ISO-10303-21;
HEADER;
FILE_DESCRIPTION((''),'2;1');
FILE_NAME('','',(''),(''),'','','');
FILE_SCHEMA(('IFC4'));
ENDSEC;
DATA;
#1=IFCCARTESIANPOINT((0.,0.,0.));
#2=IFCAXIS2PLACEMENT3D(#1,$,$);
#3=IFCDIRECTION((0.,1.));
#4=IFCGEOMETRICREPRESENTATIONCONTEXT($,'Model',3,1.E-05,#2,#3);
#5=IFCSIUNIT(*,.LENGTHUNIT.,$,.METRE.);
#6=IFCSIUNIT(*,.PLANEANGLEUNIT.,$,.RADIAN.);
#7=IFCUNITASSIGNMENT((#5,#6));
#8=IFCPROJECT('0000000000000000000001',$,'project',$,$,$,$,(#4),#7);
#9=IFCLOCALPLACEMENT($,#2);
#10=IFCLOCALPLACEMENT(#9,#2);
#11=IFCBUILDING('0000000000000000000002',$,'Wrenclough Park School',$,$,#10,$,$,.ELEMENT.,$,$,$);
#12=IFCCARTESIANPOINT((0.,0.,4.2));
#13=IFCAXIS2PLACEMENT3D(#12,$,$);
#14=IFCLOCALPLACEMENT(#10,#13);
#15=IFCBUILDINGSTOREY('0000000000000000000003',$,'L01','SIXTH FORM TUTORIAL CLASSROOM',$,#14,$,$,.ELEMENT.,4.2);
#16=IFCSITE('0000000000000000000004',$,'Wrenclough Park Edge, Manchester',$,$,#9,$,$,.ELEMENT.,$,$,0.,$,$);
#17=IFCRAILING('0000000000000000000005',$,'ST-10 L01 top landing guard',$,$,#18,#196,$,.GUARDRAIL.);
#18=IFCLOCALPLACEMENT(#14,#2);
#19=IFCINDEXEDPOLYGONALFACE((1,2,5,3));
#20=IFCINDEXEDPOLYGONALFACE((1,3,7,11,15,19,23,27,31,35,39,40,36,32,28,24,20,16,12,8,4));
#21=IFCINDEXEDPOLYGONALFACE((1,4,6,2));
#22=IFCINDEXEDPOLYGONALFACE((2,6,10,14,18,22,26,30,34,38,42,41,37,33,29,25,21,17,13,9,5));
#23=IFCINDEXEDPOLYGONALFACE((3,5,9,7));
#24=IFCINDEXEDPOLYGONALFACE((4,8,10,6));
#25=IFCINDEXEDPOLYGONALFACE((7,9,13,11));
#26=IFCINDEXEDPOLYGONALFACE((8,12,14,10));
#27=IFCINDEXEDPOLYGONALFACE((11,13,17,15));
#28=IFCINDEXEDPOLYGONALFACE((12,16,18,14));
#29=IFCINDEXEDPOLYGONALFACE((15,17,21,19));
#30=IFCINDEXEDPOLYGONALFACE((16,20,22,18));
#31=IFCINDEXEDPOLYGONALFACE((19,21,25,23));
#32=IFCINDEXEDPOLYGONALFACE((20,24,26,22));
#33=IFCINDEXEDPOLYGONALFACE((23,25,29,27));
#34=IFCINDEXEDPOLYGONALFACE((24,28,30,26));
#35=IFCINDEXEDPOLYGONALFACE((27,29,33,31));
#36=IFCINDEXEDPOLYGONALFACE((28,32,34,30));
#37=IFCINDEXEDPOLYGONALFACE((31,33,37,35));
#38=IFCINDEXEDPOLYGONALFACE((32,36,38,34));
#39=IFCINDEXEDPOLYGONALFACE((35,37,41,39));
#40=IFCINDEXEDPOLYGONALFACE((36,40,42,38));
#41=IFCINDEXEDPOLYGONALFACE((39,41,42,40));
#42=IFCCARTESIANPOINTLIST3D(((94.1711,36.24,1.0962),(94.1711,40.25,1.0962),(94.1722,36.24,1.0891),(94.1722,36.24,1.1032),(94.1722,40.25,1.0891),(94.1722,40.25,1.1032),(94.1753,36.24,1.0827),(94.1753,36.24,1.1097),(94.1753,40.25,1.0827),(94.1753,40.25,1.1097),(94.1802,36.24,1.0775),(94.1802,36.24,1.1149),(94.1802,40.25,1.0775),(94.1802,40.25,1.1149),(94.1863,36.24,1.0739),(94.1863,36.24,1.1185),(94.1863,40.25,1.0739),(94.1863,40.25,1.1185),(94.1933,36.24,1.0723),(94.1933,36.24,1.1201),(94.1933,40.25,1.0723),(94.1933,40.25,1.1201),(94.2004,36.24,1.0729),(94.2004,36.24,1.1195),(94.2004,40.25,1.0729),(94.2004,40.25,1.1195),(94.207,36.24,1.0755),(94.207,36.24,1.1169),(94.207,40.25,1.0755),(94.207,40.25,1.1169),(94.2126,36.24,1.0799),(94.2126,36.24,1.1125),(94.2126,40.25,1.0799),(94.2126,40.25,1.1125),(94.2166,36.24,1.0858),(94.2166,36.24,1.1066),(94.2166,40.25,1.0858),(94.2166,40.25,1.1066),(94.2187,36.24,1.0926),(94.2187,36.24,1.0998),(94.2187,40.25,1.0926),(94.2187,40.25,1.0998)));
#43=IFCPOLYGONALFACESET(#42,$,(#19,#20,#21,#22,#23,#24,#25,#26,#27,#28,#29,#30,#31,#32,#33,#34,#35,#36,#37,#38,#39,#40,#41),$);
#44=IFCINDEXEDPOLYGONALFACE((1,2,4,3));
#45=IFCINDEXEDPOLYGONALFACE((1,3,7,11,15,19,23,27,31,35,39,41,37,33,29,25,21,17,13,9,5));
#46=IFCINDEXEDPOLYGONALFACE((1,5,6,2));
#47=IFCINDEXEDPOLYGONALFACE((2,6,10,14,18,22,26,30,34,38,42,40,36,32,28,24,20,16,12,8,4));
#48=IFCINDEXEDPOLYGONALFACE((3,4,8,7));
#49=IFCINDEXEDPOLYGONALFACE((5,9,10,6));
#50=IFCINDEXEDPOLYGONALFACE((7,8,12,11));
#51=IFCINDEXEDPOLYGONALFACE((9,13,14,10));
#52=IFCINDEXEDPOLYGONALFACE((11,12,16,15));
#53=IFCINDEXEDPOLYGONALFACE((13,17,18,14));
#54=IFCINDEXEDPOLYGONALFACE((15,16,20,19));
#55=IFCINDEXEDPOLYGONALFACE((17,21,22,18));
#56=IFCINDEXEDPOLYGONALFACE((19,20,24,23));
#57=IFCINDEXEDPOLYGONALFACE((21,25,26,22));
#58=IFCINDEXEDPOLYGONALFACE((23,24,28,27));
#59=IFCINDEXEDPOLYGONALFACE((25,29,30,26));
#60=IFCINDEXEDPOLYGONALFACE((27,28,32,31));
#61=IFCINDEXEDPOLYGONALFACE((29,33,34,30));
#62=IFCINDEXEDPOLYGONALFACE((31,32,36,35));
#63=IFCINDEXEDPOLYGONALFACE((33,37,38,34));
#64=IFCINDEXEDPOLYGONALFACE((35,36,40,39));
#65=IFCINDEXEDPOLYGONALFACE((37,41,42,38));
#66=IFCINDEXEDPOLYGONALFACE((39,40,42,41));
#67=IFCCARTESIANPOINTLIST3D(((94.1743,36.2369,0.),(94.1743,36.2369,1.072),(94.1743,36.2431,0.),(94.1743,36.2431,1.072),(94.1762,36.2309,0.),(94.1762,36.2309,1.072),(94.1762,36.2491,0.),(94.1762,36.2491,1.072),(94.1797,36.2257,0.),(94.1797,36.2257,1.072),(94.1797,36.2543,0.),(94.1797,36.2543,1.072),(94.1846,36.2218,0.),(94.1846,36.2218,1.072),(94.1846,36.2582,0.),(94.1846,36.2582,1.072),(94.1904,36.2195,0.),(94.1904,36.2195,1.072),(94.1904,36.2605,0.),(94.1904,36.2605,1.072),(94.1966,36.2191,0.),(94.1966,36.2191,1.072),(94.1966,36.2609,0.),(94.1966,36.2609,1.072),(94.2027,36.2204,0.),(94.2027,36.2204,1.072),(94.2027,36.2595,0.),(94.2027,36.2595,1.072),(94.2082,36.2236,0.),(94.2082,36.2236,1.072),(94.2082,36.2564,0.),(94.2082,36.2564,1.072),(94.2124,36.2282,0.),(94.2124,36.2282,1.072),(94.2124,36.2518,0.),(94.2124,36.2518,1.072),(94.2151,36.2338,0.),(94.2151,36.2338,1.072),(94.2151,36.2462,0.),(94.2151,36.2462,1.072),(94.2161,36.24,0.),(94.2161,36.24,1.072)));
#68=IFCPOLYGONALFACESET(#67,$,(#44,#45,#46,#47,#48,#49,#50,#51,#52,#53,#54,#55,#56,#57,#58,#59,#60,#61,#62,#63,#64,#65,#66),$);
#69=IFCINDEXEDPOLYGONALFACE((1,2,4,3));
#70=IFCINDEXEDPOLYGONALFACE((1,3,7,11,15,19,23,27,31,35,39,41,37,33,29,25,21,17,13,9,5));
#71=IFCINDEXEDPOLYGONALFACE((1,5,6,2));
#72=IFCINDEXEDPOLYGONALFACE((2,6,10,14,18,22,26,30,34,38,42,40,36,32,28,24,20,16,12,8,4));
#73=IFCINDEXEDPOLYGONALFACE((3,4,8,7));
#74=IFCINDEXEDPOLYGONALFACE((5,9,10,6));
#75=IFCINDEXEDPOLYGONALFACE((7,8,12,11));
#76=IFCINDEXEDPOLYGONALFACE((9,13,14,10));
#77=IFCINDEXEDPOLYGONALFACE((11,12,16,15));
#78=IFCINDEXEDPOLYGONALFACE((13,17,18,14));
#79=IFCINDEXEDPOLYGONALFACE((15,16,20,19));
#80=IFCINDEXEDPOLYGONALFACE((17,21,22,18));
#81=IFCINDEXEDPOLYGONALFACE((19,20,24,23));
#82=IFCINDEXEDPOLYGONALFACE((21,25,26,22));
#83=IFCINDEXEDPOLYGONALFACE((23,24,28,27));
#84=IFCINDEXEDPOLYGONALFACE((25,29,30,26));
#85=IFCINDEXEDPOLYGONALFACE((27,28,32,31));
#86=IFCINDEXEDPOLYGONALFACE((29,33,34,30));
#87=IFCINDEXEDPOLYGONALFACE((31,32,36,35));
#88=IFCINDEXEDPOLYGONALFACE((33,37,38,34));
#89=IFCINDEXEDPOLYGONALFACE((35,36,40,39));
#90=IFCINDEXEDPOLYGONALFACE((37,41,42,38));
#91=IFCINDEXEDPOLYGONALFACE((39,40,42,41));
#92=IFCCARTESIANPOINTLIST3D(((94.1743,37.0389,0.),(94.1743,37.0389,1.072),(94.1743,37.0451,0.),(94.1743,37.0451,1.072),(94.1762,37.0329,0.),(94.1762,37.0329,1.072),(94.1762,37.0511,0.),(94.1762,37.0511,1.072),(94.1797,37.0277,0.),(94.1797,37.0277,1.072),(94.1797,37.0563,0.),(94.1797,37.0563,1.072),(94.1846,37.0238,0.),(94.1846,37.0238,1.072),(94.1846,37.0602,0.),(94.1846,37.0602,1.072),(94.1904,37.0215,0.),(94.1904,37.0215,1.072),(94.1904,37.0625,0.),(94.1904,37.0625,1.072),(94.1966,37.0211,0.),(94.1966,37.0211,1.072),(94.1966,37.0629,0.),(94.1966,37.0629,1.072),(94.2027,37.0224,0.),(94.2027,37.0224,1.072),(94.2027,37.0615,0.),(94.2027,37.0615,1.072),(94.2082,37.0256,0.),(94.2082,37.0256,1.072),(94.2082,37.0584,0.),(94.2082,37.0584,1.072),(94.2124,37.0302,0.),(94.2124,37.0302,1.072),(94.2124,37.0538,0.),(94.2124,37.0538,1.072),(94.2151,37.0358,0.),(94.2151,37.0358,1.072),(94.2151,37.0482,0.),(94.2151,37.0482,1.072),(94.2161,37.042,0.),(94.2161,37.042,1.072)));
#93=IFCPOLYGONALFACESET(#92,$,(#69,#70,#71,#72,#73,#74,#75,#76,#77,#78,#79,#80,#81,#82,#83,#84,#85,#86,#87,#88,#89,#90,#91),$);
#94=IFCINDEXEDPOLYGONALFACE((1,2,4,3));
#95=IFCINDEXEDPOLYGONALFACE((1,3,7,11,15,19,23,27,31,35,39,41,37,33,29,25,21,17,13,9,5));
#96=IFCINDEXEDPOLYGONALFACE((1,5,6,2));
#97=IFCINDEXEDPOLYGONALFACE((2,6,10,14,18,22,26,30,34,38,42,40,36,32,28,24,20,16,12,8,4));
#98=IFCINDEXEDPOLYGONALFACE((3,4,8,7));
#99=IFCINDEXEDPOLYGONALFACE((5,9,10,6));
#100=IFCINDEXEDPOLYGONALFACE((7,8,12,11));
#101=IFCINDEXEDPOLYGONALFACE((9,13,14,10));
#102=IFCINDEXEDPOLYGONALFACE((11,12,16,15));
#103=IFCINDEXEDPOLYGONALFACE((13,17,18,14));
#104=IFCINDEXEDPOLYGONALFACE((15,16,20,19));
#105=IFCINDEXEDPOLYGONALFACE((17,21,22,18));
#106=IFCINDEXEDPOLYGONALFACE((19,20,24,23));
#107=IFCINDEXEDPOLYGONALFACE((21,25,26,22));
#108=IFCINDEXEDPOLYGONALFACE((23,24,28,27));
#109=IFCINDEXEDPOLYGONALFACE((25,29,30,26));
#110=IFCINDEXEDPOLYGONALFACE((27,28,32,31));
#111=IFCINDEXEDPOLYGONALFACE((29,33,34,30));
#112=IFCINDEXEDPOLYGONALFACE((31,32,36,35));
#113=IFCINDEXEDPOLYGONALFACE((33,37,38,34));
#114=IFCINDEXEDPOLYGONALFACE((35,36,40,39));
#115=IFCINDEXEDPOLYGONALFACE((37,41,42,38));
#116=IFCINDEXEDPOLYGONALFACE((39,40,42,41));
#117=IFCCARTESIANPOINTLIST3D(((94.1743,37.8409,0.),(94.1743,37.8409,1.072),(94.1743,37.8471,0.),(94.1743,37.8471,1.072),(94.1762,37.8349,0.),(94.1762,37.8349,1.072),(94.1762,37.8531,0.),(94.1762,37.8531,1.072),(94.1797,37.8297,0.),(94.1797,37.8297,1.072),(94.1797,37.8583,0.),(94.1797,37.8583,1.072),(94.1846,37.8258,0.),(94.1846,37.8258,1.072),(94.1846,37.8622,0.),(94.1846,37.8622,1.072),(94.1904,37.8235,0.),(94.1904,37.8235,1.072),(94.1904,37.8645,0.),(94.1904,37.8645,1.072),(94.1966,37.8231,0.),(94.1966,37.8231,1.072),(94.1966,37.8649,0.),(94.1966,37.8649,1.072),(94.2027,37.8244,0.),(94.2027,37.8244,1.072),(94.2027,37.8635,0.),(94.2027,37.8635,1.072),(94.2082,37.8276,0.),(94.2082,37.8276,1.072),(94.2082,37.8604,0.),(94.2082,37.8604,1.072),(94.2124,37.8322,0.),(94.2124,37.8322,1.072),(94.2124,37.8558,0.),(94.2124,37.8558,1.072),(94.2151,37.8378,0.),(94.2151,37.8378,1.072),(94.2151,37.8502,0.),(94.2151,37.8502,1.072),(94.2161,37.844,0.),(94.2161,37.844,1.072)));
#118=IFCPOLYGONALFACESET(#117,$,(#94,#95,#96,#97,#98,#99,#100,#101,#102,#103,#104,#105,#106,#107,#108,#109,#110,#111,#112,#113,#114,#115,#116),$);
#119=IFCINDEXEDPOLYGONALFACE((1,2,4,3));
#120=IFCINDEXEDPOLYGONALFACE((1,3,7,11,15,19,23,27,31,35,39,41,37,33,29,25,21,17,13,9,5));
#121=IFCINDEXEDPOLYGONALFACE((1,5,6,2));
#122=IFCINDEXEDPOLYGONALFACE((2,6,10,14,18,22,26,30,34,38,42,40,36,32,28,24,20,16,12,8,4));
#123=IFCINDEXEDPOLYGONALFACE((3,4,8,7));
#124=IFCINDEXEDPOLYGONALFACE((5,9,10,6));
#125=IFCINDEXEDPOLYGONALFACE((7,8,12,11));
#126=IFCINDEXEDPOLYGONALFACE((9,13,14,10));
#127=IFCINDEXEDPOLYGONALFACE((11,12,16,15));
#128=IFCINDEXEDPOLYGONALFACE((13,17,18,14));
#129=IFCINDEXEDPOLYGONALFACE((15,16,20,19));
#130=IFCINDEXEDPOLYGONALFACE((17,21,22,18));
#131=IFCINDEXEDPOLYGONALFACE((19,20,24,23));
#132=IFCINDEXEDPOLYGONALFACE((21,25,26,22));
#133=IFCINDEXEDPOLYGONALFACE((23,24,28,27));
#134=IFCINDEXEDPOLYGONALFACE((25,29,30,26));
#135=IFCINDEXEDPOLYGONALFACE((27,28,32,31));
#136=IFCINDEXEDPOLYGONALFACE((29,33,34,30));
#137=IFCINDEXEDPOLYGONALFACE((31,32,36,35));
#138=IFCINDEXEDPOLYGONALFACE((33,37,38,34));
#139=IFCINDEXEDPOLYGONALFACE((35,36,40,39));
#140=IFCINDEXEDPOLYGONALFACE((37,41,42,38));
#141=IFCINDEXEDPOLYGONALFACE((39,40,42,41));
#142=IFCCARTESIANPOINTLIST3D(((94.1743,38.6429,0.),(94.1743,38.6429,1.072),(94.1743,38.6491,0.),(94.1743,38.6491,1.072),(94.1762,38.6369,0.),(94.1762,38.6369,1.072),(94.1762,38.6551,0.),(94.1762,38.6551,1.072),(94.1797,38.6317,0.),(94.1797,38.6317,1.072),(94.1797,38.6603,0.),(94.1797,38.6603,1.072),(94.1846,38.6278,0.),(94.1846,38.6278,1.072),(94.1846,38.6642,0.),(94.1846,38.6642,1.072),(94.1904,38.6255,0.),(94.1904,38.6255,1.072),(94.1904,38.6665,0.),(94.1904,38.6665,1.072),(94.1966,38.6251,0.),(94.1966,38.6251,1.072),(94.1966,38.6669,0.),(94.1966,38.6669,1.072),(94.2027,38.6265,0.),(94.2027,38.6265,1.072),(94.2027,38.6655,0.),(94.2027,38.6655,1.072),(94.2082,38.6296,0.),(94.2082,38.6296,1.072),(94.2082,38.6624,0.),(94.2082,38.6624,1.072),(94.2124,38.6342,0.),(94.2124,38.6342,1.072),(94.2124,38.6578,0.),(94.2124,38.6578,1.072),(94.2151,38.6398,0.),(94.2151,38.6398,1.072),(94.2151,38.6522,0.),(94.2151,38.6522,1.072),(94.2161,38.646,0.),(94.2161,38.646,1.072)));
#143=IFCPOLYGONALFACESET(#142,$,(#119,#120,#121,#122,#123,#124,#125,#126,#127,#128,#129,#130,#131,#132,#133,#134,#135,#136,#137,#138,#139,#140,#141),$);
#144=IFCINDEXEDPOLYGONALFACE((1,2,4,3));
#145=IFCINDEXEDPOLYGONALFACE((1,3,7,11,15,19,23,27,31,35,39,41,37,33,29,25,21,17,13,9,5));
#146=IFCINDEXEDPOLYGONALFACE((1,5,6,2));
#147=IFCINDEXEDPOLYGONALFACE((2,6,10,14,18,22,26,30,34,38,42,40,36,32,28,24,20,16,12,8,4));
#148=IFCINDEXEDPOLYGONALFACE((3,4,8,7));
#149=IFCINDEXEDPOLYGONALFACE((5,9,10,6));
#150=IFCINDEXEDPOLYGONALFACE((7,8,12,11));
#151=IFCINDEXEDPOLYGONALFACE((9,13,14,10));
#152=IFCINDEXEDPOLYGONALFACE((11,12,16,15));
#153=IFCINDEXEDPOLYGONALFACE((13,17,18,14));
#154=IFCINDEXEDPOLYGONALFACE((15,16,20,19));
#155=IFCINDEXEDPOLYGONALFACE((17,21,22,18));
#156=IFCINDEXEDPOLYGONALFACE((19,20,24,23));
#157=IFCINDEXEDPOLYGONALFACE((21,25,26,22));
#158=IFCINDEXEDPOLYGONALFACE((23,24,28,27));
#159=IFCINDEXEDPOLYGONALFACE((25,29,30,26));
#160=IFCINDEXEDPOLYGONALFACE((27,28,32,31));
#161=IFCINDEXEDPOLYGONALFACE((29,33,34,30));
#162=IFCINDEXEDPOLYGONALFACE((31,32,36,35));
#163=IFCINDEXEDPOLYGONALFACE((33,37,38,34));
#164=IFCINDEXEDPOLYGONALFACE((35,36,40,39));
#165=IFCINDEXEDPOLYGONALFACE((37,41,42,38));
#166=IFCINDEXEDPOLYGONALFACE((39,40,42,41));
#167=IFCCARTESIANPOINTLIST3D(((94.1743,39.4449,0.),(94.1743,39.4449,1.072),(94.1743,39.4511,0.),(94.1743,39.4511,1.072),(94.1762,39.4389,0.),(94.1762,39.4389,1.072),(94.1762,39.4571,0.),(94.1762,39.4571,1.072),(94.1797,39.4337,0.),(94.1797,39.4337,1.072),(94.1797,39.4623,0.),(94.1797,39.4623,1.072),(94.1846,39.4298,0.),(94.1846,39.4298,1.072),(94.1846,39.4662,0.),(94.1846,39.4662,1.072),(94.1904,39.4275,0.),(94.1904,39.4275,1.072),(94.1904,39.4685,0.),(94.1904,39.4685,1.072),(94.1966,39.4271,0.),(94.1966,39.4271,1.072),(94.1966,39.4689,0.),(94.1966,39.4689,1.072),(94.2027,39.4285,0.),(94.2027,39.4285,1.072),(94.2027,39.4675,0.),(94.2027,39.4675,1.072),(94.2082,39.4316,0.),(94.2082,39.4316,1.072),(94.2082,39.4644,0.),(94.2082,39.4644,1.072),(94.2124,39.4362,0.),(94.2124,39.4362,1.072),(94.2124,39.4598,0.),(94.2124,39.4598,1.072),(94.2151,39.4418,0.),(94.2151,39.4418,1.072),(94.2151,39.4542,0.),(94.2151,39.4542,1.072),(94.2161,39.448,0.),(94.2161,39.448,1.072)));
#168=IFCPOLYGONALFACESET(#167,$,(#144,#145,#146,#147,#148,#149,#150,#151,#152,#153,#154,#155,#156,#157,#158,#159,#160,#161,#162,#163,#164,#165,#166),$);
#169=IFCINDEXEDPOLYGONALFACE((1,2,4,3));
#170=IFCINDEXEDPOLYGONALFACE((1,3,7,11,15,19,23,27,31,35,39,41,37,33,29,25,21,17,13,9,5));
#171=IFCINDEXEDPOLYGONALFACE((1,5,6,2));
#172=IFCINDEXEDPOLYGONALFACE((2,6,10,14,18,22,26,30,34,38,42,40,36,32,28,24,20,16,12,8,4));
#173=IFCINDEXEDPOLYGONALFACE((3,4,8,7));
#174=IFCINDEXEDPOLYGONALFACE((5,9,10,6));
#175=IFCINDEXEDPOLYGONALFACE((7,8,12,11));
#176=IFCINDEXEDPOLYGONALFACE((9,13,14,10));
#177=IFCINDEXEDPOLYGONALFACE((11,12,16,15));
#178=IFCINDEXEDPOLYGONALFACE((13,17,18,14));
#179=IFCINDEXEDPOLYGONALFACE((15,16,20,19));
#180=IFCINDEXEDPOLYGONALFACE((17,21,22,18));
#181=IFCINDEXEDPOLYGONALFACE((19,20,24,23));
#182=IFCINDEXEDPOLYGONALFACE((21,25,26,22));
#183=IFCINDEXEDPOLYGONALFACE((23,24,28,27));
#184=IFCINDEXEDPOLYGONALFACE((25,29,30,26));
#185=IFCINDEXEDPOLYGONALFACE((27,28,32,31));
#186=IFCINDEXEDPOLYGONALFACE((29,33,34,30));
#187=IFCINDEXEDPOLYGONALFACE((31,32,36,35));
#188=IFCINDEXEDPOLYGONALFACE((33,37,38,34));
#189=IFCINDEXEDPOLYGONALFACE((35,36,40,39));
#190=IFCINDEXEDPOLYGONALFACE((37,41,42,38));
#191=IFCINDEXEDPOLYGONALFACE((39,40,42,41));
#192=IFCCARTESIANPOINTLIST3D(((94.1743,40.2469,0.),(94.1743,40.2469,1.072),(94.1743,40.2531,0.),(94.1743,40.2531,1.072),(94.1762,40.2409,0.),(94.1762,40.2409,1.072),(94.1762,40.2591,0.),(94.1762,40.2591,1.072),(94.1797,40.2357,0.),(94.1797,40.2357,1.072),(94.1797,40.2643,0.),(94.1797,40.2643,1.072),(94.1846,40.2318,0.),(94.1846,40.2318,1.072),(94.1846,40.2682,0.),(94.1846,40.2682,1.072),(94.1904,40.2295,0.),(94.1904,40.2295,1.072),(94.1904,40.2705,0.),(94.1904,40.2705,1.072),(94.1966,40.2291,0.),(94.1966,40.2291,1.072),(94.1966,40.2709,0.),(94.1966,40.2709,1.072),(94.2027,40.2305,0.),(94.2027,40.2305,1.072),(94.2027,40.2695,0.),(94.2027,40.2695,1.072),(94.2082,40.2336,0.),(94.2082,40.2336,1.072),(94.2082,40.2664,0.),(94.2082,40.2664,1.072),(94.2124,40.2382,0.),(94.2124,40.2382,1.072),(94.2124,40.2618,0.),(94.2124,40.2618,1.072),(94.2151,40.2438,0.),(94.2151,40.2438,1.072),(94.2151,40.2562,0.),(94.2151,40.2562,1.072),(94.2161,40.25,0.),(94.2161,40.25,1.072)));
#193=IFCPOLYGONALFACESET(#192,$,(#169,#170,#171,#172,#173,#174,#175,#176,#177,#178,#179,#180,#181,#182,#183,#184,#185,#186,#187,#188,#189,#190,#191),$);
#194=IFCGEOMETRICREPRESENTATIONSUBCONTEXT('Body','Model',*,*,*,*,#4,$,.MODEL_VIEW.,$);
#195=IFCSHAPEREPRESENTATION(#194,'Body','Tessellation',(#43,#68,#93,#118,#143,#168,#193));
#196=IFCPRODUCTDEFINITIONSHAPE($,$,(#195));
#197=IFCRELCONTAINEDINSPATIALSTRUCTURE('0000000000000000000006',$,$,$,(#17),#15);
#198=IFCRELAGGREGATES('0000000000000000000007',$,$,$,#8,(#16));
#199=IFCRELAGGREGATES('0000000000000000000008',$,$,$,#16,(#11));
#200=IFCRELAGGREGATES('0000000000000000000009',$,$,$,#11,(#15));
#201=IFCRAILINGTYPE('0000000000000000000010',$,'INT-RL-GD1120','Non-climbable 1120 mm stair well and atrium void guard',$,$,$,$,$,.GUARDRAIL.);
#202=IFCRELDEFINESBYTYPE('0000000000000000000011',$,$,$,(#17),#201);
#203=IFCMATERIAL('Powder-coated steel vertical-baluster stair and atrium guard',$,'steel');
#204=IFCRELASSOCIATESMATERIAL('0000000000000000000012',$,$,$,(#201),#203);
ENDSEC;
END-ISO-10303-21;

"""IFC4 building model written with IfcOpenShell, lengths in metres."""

from ifc_helpers import new_model, si_unit, direction, frame, origin, origin_2d, place, context, subcontext, project, spatial, circle, extrude, material, type_object, element, save


model = new_model("IFC4")

# Units and contexts
model_context = context("Model", 3, precision=1e-05, world=origin(), true_north=direction((0.0, 1.0)))
body_context = subcontext(model_context, "Body", "Model", "MODEL_VIEW")
ifc_project = project(units=[si_unit("LENGTHUNIT", "METRE"), si_unit("PLANEANGLEUNIT", "RADIAN")], contexts=[model_context])

# Site, building, storey
site_placement = place(None, origin())
site = spatial("IfcSite", under=ifc_project, at=site_placement, Name="Wrenclough Park Edge, Manchester", CompositionType="ELEMENT", RefElevation=0.0)
building_placement = place(site_placement, origin())
building = spatial("IfcBuilding", under=site, at=building_placement, Name="Wrenclough Park School", CompositionType="ELEMENT")
storey_placement = place(building_placement, frame((0.0, 0.0, 4.2)))
storey = spatial("IfcBuildingStorey", under=building, at=storey_placement, Name="L01", Description="SIXTH FORM TUTORIAL CLASSROOM", CompositionType="ELEMENT", Elevation=4.2)

# Railing
ifc_material_1 = material(Name="Powder-coated steel vertical-baluster stair and atrium guard", Category="steel")
railing_type = type_object("IfcRailingType", Name="INT-RL-GD1120", Description="Non-climbable 1120 mm stair well and atrium void guard", PredefinedType="GUARDRAIL", material=ifc_material_1)
railing_placement = place(storey_placement, frame((94.1951, 36.24, 0.0)))
element("IfcRailing", 1, at=railing_placement, inside=storey, type_object=railing_type, Name="ST-10 L01 top landing guard", PredefinedType="GUARDRAIL", context=body_context, shape_type="SweptSolid", body=[
    extrude(circle(Radius=0.0239, at=origin_2d()), frame((0.0, 0.0, 1.0962), z_axis=(0.0, 1.0, 0.0), x_axis=(-1.0, 0.0, 0.0)), (0.0, 0.0, 1.0), 4.01),
    extrude(circle(Radius=0.021, at=origin_2d()), origin(), (0.0, 0.0, 1.0), 1.072),
    extrude(circle(Radius=0.021, at=origin_2d()), frame((0.0, 0.802, 0.0)), (0.0, 0.0, 1.0), 1.072),
    extrude(circle(Radius=0.021, at=origin_2d()), frame((0.0, 1.604, 0.0)), (0.0, 0.0, 1.0), 1.072),
    extrude(circle(Radius=0.021, at=origin_2d()), frame((0.0, 2.406, 0.0)), (0.0, 0.0, 1.0), 1.072),
    extrude(circle(Radius=0.021, at=origin_2d()), frame((0.0, 3.208, 0.0)), (0.0, 0.0, 1.0), 1.072),
    extrude(circle(Radius=0.021, at=origin_2d()), frame((0.0, 4.01, 0.0)), (0.0, 0.0, 1.0), 1.072),
])

save(model, "model.ifc")
